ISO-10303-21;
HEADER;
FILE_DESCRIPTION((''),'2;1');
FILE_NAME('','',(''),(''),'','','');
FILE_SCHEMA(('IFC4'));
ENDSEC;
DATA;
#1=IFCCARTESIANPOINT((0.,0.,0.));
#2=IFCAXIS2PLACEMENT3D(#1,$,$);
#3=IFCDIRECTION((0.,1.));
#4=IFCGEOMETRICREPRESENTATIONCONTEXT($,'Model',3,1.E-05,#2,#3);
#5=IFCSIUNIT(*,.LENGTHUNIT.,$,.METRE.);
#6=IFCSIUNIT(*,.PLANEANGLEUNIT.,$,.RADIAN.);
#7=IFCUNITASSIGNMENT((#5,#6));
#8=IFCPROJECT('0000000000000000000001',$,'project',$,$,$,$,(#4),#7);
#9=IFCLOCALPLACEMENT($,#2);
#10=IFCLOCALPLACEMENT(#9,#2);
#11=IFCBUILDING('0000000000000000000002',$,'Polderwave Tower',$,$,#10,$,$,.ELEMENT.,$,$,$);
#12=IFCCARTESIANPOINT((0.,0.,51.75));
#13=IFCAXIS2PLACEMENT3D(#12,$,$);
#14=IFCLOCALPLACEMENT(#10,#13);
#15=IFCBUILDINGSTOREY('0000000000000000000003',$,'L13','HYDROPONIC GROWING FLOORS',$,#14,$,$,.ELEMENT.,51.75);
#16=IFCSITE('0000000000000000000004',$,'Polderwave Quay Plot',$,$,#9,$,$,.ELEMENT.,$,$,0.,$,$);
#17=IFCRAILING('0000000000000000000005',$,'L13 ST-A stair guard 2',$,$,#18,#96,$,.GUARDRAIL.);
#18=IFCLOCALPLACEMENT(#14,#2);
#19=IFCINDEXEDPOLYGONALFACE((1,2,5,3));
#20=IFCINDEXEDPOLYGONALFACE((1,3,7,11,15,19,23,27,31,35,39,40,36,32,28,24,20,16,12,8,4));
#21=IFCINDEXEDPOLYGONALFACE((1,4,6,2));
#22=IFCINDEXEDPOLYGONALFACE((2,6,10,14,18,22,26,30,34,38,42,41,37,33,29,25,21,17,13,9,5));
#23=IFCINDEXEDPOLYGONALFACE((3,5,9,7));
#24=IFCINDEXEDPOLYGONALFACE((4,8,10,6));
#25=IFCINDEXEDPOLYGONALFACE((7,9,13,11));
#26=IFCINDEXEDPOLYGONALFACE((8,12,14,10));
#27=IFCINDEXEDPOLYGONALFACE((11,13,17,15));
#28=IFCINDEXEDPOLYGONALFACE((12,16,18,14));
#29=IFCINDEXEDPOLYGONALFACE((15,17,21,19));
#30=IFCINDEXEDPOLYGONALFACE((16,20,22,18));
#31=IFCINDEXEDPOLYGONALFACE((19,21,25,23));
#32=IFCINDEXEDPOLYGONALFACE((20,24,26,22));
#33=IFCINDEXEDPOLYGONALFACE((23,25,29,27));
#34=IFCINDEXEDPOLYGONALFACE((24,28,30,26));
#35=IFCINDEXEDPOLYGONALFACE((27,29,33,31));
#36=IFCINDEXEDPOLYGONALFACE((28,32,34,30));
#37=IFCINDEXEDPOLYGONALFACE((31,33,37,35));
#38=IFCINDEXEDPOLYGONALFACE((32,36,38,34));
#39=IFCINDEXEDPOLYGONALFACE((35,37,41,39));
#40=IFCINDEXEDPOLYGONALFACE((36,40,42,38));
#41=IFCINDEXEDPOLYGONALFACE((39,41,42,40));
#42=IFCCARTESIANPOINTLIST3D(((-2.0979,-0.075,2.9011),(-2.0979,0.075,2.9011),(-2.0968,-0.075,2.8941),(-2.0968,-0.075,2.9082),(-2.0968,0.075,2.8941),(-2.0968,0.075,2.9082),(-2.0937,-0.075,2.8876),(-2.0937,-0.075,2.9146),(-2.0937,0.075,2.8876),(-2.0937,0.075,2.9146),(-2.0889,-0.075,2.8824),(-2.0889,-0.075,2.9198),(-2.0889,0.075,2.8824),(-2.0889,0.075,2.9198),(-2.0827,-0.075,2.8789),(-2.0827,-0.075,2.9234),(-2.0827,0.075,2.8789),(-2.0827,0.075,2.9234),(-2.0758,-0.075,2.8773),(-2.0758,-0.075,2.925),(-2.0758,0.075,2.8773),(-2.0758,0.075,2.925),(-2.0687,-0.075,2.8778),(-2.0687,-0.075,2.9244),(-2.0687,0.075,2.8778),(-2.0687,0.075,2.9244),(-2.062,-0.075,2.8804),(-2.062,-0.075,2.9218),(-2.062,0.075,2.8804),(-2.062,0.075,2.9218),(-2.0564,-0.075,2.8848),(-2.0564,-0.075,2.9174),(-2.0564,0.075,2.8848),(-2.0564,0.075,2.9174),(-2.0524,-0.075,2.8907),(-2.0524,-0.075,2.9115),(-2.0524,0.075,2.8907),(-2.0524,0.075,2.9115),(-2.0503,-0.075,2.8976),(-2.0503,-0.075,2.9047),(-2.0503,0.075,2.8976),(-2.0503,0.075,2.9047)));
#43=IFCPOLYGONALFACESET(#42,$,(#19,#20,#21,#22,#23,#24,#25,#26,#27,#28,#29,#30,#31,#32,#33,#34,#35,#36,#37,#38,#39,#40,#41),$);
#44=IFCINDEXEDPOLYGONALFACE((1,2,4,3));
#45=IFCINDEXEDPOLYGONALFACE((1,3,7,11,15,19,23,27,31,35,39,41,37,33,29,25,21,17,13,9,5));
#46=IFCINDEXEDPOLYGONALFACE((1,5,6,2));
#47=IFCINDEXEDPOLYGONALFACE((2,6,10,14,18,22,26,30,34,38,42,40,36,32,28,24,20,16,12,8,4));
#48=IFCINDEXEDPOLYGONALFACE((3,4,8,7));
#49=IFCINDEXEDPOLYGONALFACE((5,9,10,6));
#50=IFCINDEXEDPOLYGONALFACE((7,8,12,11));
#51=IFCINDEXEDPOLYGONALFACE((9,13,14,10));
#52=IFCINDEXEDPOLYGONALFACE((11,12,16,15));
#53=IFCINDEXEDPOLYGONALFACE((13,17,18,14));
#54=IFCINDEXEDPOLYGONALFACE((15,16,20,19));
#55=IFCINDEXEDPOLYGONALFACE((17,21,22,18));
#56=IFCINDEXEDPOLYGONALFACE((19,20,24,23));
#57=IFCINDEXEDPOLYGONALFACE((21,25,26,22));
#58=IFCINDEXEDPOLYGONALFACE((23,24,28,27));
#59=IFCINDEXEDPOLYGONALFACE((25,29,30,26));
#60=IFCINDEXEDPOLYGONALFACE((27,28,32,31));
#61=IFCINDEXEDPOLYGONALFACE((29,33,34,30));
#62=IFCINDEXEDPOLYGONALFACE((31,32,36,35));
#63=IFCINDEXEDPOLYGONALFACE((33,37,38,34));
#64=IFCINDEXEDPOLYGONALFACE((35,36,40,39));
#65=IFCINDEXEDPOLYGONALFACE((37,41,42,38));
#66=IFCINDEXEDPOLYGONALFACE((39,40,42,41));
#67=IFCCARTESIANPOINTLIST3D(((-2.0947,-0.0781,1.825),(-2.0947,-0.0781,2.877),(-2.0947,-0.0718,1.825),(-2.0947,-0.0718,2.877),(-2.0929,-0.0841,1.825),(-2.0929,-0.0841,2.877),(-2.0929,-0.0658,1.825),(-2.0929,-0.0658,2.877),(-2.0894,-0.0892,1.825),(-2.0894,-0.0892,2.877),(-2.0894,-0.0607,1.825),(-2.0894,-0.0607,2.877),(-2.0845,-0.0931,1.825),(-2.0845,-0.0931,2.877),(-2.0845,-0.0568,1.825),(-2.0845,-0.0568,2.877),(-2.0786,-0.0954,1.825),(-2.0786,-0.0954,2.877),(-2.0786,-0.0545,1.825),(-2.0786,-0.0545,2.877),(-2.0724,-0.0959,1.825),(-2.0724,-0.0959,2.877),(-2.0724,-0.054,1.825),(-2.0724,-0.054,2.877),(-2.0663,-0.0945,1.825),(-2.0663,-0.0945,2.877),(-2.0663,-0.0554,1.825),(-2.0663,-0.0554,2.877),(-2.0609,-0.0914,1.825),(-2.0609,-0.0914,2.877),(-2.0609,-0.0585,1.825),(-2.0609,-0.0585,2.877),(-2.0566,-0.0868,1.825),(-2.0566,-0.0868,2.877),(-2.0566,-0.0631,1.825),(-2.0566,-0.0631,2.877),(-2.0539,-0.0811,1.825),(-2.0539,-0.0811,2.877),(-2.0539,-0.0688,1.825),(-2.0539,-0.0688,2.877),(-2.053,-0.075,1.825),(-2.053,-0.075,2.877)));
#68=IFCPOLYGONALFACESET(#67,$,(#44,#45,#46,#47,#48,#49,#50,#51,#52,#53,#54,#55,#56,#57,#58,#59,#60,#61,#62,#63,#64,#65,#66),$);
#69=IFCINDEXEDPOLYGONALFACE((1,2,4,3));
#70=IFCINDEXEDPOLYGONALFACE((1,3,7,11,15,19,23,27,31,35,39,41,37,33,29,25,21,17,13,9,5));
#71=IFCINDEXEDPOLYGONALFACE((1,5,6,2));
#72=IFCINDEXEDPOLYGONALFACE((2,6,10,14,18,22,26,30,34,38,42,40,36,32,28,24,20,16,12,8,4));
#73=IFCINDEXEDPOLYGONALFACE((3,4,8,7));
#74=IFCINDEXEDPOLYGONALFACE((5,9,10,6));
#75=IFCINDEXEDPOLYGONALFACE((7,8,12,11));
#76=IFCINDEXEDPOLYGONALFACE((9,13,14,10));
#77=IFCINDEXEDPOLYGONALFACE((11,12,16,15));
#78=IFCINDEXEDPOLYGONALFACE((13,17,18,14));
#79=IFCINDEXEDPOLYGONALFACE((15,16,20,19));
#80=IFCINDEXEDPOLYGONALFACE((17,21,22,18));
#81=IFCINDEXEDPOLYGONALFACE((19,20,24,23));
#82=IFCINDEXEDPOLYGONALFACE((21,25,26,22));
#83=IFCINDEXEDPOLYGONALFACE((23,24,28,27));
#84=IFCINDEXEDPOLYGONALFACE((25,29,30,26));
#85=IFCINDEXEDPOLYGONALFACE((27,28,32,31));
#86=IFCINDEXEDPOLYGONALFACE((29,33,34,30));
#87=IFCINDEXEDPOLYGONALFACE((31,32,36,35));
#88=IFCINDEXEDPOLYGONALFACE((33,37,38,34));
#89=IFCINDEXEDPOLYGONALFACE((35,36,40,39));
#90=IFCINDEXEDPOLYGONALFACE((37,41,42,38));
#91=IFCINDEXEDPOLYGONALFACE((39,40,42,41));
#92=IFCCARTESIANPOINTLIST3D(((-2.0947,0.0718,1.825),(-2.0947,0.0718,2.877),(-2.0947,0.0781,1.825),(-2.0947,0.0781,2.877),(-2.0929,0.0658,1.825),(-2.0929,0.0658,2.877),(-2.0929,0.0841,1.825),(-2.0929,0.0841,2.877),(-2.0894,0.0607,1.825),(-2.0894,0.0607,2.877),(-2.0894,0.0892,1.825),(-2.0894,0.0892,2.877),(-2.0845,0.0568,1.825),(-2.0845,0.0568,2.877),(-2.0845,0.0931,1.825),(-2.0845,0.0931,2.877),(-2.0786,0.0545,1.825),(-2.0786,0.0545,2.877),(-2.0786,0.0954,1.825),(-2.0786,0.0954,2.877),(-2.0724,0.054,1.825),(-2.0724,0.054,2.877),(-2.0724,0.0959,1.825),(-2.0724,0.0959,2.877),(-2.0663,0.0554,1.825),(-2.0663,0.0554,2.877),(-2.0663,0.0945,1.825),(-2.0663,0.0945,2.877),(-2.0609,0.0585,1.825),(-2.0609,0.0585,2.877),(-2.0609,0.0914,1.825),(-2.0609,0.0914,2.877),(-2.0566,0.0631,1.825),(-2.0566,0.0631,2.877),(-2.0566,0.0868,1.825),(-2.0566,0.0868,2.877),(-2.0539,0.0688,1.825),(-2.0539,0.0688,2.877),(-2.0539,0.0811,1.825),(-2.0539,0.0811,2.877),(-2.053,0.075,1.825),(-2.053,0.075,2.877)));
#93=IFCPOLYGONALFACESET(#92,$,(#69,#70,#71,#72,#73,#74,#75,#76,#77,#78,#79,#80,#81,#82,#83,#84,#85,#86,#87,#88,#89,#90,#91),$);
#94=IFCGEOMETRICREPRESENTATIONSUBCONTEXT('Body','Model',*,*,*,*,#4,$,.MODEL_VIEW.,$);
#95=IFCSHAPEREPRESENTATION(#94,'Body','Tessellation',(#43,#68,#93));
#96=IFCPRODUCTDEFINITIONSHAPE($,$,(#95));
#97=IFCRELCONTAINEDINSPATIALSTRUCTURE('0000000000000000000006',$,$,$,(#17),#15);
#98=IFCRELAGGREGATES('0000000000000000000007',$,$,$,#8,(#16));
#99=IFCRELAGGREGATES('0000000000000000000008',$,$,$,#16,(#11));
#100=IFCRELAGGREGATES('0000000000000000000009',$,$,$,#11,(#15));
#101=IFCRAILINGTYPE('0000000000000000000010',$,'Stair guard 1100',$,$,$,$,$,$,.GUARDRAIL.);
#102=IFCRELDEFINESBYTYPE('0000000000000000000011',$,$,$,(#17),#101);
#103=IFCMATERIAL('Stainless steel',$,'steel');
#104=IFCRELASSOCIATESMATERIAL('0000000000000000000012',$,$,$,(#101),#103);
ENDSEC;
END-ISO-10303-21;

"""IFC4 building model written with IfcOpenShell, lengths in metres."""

from ifc_helpers import new_model, si_unit, direction, frame, origin, origin_2d, place, context, subcontext, project, spatial, circle, extrude, material, type_object, element, save


model = new_model("IFC4")

# Units and contexts
model_context = context("Model", 3, precision=1e-05, world=origin(), true_north=direction((0.0, 1.0)))
body_context = subcontext(model_context, "Body", "Model", "MODEL_VIEW")
ifc_project = project(units=[si_unit("LENGTHUNIT", "METRE"), si_unit("PLANEANGLEUNIT", "RADIAN")], contexts=[model_context])

# Site, building, storey
site_placement = place(None, origin())
site = spatial("IfcSite", under=ifc_project, at=site_placement, Name="Polderwave Quay Plot", CompositionType="ELEMENT", RefElevation=0.0)
building_placement = place(site_placement, origin())
building = spatial("IfcBuilding", under=site, at=building_placement, Name="Polderwave Tower", CompositionType="ELEMENT")
storey_placement = place(building_placement, frame((0.0, 0.0, 51.75)))
storey = spatial("IfcBuildingStorey", under=building, at=storey_placement, Name="L13", Description="HYDROPONIC GROWING FLOORS", CompositionType="ELEMENT", Elevation=51.75)

# Railing
ifc_material_1 = material(Name="Stainless steel", Category="steel")
railing_type = type_object("IfcRailingType", Name="Stair guard 1100", PredefinedType="GUARDRAIL", material=ifc_material_1)
railing_1_placement = place(storey_placement, frame((-2.074, -0.075, 1.825)))
element("IfcRailing", 1, at=railing_1_placement, inside=storey, type_object=railing_type, Name="L13 ST-A stair guard 2", PredefinedType="GUARDRAIL", context=body_context, shape_type="SweptSolid", body=[
    extrude(circle(Radius=0.0239, at=origin_2d()), frame((0.0, 0.0, 1.0762), z_axis=(0.0, 1.0, 0.0), x_axis=(-1.0, 0.0, 0.0)), (0.0, 0.0, 1.0), 0.1499),
    extrude(circle(Radius=0.021, at=origin_2d()), origin(), (0.0, 0.0, 1.0), 1.052),
    extrude(circle(Radius=0.021, at=origin_2d()), frame((0.0, 0.1499, 0.0)), (0.0, 0.0, 1.0), 1.052),
])

save(model, "model.ifc")
